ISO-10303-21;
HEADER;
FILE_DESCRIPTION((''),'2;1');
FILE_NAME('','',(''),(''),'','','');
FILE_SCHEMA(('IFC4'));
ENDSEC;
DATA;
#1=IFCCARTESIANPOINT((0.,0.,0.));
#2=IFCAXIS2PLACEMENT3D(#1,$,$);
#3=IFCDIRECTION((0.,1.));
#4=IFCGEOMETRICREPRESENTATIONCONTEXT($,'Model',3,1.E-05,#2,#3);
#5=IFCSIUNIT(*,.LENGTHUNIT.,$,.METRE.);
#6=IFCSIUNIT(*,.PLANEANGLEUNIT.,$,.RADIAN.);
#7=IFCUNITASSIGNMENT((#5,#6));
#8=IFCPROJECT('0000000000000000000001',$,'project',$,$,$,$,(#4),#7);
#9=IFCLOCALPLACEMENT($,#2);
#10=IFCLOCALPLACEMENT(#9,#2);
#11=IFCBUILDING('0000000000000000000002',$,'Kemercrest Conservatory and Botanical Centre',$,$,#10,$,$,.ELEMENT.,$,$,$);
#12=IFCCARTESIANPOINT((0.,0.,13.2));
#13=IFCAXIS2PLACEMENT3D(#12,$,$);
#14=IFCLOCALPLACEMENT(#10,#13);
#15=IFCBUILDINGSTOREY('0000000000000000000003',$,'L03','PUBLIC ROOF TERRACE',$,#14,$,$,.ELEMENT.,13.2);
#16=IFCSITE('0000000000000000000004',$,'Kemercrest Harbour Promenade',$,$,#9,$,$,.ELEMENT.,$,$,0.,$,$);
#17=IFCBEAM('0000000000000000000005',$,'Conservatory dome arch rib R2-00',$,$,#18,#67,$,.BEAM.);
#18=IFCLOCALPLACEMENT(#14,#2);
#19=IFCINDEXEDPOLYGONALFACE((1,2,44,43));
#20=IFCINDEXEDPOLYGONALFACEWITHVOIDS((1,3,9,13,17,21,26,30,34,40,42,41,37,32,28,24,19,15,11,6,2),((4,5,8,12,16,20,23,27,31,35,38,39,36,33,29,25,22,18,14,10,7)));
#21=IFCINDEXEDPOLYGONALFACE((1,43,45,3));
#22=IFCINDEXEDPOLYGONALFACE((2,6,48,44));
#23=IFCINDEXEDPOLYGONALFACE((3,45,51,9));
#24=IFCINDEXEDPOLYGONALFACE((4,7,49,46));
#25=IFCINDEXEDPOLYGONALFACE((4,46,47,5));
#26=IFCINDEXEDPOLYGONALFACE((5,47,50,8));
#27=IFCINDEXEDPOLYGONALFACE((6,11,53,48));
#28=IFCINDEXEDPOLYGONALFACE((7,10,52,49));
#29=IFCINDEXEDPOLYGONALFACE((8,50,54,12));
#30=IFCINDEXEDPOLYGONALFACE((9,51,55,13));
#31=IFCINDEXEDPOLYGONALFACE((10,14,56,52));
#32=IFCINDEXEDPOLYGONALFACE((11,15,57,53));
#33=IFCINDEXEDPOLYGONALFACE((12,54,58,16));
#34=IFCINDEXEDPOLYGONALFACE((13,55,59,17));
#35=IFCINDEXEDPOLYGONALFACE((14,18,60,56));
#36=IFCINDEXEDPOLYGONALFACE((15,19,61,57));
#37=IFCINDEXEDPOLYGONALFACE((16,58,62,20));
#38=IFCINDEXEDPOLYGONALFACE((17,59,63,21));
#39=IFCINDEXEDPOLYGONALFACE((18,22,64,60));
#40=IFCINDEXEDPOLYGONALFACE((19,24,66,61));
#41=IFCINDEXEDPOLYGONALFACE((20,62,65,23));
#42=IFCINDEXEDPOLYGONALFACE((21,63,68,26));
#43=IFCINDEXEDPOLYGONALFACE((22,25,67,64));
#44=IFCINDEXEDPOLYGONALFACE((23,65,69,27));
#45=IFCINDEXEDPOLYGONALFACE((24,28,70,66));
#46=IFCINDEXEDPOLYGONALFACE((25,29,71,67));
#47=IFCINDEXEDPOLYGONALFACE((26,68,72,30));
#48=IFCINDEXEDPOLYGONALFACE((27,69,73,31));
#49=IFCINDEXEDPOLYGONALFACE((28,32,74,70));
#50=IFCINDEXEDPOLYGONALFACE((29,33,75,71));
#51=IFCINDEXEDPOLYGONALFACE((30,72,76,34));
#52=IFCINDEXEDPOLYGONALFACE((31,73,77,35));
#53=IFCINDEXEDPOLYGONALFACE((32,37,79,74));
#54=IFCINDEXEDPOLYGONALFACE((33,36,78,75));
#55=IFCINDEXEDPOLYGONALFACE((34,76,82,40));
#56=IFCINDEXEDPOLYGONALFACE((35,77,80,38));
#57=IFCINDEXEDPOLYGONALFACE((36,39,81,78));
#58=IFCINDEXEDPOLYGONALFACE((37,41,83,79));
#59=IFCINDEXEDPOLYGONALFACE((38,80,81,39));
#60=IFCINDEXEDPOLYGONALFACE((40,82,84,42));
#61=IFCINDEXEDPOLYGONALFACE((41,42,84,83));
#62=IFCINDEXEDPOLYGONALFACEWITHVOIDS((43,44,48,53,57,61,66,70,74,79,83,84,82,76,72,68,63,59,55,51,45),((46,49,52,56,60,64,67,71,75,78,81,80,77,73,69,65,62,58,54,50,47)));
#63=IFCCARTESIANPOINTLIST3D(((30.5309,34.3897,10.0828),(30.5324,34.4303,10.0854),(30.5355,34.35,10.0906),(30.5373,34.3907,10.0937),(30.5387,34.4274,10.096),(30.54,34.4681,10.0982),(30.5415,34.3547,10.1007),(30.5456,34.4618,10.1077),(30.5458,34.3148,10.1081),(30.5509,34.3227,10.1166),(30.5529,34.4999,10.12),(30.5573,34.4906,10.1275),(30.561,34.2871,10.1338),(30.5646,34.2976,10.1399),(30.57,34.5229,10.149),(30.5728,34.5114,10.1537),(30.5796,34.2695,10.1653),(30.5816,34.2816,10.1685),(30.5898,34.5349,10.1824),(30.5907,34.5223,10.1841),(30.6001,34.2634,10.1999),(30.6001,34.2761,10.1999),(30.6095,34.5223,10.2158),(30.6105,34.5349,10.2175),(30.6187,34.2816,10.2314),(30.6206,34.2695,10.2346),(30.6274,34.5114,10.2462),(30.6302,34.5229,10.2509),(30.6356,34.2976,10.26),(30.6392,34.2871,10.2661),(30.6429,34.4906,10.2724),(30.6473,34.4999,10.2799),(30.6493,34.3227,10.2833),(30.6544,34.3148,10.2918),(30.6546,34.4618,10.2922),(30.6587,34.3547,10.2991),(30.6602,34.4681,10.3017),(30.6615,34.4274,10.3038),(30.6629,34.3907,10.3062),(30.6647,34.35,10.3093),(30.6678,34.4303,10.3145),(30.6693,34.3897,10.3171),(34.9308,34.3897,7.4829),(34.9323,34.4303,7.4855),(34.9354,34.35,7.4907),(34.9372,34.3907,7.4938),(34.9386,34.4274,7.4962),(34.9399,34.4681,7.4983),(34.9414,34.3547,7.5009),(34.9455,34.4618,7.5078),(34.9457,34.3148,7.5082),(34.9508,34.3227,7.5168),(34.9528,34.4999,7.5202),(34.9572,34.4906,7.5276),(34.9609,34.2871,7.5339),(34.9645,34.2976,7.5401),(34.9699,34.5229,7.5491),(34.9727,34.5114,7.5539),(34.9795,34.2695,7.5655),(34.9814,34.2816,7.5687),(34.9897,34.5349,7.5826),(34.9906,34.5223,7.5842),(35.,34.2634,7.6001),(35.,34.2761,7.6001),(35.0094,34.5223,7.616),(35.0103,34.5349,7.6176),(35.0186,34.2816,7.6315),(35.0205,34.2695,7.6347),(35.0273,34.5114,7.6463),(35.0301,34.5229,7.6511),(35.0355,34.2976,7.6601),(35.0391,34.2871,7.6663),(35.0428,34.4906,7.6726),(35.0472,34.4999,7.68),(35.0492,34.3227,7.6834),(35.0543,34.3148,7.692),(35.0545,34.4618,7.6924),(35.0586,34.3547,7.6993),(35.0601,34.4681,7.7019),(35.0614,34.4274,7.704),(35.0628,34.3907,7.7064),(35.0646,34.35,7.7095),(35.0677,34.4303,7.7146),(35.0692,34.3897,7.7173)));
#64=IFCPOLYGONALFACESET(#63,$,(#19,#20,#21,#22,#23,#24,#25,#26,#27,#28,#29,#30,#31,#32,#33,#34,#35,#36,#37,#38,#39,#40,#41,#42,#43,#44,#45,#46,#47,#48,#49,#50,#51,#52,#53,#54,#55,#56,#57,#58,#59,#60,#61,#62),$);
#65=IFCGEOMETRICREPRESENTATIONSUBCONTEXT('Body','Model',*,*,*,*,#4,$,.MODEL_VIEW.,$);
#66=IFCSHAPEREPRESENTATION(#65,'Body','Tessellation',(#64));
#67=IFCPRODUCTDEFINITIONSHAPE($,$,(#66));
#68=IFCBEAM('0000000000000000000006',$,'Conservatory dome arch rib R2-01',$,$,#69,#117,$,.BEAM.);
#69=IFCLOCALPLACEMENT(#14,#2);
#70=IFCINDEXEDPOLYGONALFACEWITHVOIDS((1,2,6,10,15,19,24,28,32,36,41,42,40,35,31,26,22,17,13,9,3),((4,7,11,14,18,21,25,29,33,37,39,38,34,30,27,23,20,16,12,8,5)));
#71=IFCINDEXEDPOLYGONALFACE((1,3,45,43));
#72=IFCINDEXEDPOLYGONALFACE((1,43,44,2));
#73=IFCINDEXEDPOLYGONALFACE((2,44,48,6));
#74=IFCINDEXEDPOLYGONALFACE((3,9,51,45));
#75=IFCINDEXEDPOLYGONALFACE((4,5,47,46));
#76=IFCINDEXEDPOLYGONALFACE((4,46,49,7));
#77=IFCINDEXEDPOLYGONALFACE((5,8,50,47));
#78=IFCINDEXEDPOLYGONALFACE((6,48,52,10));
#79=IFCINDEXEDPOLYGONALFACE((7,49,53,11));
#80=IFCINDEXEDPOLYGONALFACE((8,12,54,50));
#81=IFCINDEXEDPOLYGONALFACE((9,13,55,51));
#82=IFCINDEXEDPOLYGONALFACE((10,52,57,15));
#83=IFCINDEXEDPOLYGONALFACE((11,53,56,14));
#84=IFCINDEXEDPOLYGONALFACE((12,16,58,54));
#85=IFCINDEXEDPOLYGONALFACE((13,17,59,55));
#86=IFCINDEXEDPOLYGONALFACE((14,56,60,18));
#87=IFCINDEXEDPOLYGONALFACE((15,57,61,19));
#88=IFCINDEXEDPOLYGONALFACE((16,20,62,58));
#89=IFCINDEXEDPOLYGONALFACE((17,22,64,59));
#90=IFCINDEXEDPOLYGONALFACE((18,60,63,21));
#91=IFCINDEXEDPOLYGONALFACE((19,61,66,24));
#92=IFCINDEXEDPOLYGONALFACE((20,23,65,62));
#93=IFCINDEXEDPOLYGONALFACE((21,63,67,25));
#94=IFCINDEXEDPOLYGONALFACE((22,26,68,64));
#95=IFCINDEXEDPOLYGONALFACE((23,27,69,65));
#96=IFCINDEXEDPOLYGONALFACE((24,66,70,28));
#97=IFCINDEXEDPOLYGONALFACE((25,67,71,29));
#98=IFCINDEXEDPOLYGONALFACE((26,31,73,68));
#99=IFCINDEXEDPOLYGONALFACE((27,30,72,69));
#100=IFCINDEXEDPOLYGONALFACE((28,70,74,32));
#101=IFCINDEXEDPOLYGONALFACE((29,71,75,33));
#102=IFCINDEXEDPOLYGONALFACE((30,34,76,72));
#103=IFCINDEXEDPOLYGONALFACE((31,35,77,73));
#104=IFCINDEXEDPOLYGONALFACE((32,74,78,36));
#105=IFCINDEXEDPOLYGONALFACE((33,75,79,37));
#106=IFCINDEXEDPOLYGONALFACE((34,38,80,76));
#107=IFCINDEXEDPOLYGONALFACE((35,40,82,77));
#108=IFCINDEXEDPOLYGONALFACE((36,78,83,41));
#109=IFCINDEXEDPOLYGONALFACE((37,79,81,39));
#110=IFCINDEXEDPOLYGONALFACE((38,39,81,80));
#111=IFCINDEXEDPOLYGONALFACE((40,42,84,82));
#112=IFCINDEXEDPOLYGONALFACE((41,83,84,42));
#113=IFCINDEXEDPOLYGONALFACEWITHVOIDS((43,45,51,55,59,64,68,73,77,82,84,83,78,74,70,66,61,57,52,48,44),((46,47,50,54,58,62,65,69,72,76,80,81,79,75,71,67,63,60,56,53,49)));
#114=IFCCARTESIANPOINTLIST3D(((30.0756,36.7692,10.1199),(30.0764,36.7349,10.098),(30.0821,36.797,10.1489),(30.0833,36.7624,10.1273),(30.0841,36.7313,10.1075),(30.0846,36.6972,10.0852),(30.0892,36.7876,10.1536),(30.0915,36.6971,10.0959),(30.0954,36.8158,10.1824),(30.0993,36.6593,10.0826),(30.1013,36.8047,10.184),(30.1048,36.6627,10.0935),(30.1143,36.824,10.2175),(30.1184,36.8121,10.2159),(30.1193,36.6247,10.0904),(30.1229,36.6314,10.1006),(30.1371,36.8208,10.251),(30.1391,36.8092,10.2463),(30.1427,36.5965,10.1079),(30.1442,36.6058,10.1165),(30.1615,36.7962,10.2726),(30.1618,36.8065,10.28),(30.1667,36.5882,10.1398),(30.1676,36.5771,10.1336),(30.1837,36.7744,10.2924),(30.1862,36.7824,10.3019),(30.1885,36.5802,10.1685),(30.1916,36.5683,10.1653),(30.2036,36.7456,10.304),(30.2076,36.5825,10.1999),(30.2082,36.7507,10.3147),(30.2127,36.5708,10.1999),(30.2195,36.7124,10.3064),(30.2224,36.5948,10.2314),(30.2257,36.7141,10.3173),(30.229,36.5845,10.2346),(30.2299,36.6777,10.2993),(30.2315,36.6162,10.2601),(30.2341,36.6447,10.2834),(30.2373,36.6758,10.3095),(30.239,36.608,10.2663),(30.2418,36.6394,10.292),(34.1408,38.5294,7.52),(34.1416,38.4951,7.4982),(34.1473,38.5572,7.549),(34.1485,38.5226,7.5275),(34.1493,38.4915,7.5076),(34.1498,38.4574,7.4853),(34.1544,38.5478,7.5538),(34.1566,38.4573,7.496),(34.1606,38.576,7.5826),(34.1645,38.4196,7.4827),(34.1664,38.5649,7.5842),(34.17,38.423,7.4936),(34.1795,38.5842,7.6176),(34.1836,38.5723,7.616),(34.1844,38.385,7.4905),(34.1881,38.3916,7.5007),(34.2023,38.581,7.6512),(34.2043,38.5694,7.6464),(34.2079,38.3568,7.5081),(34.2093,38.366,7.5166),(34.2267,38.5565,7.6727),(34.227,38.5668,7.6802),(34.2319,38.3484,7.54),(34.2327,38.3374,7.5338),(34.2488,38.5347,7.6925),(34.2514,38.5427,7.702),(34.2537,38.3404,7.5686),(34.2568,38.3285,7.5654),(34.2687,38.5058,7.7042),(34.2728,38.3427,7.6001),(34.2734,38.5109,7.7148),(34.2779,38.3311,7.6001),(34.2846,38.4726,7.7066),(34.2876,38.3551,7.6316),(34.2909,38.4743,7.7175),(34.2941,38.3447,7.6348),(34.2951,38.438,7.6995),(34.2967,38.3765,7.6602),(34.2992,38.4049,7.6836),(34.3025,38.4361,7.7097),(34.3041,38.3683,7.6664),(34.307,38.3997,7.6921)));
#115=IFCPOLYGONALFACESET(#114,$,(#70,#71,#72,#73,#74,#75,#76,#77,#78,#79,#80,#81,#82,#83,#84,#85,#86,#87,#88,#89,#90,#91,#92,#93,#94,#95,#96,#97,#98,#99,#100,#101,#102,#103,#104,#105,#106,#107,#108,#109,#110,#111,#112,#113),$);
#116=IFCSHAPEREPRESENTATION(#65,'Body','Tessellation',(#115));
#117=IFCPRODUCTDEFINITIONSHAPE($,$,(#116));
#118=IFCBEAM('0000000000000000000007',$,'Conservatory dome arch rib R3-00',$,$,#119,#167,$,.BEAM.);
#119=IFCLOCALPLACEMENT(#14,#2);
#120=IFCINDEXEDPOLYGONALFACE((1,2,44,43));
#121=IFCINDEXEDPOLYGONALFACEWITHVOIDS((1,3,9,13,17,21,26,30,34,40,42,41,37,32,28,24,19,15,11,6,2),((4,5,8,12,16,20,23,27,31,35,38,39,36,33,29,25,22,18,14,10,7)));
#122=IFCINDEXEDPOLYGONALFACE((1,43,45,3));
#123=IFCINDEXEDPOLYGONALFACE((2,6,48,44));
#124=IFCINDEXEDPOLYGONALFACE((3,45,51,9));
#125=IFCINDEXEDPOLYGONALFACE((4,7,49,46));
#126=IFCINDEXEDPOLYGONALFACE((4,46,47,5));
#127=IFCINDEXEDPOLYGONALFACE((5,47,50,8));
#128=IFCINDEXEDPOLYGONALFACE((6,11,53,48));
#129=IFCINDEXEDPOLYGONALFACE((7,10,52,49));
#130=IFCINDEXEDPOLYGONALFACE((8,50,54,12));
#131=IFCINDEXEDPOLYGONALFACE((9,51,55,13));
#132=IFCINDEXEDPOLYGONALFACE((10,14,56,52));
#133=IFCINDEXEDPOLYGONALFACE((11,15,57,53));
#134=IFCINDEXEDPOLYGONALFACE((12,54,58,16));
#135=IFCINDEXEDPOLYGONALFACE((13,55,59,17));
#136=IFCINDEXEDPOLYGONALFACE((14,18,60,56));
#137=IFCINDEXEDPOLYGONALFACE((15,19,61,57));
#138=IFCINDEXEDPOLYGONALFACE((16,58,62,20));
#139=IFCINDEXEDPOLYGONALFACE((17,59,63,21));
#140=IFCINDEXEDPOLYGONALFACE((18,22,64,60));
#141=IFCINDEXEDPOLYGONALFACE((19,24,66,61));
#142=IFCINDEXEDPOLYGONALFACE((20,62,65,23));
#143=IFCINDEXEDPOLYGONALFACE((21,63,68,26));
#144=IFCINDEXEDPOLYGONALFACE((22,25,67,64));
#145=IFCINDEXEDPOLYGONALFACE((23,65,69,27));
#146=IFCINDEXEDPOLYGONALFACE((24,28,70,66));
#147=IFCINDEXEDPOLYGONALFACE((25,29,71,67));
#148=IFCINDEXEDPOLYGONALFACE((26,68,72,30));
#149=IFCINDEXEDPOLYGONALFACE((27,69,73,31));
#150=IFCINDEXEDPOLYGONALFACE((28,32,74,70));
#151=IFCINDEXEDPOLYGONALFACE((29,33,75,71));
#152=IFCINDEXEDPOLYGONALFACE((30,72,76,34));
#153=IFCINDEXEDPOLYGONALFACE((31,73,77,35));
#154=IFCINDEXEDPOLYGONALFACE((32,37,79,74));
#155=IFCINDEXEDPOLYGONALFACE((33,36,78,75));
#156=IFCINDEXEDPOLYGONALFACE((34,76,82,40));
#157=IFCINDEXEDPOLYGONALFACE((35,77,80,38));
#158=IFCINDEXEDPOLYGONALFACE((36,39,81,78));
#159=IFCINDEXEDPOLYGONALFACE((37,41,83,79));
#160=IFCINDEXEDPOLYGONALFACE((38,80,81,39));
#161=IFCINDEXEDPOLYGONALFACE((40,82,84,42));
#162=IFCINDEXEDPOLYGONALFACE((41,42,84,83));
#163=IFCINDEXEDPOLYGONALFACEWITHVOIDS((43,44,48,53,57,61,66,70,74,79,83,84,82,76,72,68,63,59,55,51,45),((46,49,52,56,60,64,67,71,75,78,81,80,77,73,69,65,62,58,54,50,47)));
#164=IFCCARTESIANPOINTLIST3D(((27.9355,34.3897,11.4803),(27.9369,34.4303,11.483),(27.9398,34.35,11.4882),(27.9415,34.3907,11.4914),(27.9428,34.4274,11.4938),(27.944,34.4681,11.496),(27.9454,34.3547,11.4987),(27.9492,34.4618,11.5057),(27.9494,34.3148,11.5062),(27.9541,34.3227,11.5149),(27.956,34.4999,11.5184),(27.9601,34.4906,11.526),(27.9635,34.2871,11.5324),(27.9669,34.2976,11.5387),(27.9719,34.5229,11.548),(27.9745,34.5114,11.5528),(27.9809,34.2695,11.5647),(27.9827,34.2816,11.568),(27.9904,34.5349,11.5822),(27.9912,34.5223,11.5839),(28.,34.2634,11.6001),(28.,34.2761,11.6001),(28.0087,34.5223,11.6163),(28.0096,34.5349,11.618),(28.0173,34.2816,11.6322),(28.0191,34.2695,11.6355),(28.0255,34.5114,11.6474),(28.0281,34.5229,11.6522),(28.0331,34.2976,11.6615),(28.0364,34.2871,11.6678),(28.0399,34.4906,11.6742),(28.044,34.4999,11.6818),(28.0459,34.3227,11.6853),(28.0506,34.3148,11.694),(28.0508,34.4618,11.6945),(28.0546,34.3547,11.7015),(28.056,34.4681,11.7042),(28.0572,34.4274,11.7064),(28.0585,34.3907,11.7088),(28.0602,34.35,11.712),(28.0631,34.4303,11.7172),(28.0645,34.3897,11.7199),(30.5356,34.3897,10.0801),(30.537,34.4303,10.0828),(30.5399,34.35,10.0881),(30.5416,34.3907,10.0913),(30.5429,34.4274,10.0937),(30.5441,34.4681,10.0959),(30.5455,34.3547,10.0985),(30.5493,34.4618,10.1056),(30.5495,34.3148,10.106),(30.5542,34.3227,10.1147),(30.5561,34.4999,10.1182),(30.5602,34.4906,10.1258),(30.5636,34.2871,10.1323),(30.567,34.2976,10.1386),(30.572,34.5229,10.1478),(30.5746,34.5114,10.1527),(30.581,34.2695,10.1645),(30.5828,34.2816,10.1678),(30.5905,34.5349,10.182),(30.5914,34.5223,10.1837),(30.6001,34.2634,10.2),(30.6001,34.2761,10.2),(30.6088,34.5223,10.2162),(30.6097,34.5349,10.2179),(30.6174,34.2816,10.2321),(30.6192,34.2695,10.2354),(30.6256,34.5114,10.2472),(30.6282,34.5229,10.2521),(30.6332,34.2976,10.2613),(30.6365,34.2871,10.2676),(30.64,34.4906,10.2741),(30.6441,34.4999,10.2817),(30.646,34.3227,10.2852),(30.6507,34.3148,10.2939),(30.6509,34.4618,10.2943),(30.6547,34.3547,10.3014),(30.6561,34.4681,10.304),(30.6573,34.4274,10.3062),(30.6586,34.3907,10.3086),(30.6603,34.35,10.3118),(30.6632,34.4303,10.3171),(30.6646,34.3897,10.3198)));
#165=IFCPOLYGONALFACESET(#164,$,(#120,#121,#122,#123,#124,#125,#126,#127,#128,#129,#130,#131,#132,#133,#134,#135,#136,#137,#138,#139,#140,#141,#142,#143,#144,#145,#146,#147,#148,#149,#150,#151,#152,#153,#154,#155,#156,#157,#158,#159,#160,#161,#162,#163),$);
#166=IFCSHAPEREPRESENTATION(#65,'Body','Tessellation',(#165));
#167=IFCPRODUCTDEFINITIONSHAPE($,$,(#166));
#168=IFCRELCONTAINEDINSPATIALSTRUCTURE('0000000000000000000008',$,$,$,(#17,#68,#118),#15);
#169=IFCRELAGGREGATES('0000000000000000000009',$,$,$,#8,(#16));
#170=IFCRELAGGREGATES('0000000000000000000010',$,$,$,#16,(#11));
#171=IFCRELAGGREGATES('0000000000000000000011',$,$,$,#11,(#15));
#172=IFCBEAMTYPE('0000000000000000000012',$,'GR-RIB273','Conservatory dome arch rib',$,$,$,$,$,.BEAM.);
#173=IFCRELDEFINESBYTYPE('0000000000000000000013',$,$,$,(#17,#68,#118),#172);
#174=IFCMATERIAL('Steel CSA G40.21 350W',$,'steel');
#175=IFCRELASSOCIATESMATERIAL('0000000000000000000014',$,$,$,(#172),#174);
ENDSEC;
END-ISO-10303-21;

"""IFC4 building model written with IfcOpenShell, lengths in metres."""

from ifc_helpers import new_model, si_unit, direction, frame, origin, origin_2d, place, context, subcontext, project, spatial, hollow_circle, extrude, material, material_profile, profile_set, type_object, element, save


model = new_model("IFC4")

# Units and contexts
model_context = context("Model", 3, precision=1e-05, world=origin(), true_north=direction((0.0, 1.0)))
body_context = subcontext(model_context, "Body", "Model", "MODEL_VIEW")
ifc_project = project(units=[si_unit("LENGTHUNIT", "METRE"), si_unit("PLANEANGLEUNIT", "RADIAN")], contexts=[model_context])

# Site, building, storey
site_placement = place(None, origin())
site = spatial("IfcSite", under=ifc_project, at=site_placement, Name="Kemercrest Harbour Promenade", CompositionType="ELEMENT", RefElevation=0.0)
building_placement = place(site_placement, origin())
building = spatial("IfcBuilding", under=site, at=building_placement, Name="Kemercrest Conservatory and Botanical Centre", CompositionType="ELEMENT")
storey_placement = place(building_placement, frame((0.0, 0.0, 13.2)))
storey = spatial("IfcBuildingStorey", under=building, at=storey_placement, Name="L03", Description="PUBLIC ROOF TERRACE", CompositionType="ELEMENT", Elevation=13.2)

# Beams
ifc_material_1 = material(Name="Steel CSA G40.21 350W", Category="steel")
ifc_material_profile_1 = material_profile(ifc_material_1, hollow_circle(Radius=0.1365, WallThickness=0.0127, at=origin_2d()), Name="CHS 273.1x12.7")
ifc_profile_set_1 = profile_set([ifc_material_profile_1], Name="Steel CSA G40.21 350W")
beam_type_1 = type_object("IfcBeamType", Name="GR-RIB273", Description="Conservatory dome arch rib", PredefinedType="BEAM", material=ifc_profile_set_1)
beam_1_placement = place(storey_placement, frame((35.0, 34.3999, 7.6001), z_axis=(-0.860934, 0.0, 0.508716), x_axis=(0.0, -1.0, 0.0)))
element("IfcBeam", 1, at=beam_1_placement, inside=storey, type_object=beam_type_1, Name="Conservatory dome arch rib R2-00", PredefinedType="BEAM", context=body_context, shape_type="SweptSolid", body=[
    extrude(hollow_circle(Radius=0.1365, WallThickness=0.0127, at=origin_2d()), origin(), (0.0, 0.0, 1.0), 5.1106),
])
beam_2_placement = place(storey_placement, frame((34.2236, 38.4563, 7.6001), z_axis=(-0.791434, -0.342696, 0.506154), x_axis=(0.397355, -0.917665, 0.0)))
element("IfcBeam", 2, at=beam_2_placement, inside=storey, type_object=beam_type_1, Name="Conservatory dome arch rib R2-01", PredefinedType="BEAM", context=body_context, shape_type="SweptSolid", body=[
    extrude(hollow_circle(Radius=0.1365, WallThickness=0.0127, at=origin_2d()), origin(), (0.0, 0.0, 1.0), 5.1365),
])
beam_3_placement = place(storey_placement, frame((30.6001, 34.3999, 10.2), z_axis=(-0.880458, 0.0, 0.474124), x_axis=(0.0, -1.0, 0.0)))
element("IfcBeam", 3, at=beam_3_placement, inside=storey, type_object=beam_type_1, Name="Conservatory dome arch rib R3-00", PredefinedType="BEAM", context=body_context, shape_type="SweptSolid", body=[
    extrude(hollow_circle(Radius=0.1365, WallThickness=0.0127, at=origin_2d()), origin(), (0.0, 0.0, 1.0), 2.9531),
])

save(model, "model.ifc")
